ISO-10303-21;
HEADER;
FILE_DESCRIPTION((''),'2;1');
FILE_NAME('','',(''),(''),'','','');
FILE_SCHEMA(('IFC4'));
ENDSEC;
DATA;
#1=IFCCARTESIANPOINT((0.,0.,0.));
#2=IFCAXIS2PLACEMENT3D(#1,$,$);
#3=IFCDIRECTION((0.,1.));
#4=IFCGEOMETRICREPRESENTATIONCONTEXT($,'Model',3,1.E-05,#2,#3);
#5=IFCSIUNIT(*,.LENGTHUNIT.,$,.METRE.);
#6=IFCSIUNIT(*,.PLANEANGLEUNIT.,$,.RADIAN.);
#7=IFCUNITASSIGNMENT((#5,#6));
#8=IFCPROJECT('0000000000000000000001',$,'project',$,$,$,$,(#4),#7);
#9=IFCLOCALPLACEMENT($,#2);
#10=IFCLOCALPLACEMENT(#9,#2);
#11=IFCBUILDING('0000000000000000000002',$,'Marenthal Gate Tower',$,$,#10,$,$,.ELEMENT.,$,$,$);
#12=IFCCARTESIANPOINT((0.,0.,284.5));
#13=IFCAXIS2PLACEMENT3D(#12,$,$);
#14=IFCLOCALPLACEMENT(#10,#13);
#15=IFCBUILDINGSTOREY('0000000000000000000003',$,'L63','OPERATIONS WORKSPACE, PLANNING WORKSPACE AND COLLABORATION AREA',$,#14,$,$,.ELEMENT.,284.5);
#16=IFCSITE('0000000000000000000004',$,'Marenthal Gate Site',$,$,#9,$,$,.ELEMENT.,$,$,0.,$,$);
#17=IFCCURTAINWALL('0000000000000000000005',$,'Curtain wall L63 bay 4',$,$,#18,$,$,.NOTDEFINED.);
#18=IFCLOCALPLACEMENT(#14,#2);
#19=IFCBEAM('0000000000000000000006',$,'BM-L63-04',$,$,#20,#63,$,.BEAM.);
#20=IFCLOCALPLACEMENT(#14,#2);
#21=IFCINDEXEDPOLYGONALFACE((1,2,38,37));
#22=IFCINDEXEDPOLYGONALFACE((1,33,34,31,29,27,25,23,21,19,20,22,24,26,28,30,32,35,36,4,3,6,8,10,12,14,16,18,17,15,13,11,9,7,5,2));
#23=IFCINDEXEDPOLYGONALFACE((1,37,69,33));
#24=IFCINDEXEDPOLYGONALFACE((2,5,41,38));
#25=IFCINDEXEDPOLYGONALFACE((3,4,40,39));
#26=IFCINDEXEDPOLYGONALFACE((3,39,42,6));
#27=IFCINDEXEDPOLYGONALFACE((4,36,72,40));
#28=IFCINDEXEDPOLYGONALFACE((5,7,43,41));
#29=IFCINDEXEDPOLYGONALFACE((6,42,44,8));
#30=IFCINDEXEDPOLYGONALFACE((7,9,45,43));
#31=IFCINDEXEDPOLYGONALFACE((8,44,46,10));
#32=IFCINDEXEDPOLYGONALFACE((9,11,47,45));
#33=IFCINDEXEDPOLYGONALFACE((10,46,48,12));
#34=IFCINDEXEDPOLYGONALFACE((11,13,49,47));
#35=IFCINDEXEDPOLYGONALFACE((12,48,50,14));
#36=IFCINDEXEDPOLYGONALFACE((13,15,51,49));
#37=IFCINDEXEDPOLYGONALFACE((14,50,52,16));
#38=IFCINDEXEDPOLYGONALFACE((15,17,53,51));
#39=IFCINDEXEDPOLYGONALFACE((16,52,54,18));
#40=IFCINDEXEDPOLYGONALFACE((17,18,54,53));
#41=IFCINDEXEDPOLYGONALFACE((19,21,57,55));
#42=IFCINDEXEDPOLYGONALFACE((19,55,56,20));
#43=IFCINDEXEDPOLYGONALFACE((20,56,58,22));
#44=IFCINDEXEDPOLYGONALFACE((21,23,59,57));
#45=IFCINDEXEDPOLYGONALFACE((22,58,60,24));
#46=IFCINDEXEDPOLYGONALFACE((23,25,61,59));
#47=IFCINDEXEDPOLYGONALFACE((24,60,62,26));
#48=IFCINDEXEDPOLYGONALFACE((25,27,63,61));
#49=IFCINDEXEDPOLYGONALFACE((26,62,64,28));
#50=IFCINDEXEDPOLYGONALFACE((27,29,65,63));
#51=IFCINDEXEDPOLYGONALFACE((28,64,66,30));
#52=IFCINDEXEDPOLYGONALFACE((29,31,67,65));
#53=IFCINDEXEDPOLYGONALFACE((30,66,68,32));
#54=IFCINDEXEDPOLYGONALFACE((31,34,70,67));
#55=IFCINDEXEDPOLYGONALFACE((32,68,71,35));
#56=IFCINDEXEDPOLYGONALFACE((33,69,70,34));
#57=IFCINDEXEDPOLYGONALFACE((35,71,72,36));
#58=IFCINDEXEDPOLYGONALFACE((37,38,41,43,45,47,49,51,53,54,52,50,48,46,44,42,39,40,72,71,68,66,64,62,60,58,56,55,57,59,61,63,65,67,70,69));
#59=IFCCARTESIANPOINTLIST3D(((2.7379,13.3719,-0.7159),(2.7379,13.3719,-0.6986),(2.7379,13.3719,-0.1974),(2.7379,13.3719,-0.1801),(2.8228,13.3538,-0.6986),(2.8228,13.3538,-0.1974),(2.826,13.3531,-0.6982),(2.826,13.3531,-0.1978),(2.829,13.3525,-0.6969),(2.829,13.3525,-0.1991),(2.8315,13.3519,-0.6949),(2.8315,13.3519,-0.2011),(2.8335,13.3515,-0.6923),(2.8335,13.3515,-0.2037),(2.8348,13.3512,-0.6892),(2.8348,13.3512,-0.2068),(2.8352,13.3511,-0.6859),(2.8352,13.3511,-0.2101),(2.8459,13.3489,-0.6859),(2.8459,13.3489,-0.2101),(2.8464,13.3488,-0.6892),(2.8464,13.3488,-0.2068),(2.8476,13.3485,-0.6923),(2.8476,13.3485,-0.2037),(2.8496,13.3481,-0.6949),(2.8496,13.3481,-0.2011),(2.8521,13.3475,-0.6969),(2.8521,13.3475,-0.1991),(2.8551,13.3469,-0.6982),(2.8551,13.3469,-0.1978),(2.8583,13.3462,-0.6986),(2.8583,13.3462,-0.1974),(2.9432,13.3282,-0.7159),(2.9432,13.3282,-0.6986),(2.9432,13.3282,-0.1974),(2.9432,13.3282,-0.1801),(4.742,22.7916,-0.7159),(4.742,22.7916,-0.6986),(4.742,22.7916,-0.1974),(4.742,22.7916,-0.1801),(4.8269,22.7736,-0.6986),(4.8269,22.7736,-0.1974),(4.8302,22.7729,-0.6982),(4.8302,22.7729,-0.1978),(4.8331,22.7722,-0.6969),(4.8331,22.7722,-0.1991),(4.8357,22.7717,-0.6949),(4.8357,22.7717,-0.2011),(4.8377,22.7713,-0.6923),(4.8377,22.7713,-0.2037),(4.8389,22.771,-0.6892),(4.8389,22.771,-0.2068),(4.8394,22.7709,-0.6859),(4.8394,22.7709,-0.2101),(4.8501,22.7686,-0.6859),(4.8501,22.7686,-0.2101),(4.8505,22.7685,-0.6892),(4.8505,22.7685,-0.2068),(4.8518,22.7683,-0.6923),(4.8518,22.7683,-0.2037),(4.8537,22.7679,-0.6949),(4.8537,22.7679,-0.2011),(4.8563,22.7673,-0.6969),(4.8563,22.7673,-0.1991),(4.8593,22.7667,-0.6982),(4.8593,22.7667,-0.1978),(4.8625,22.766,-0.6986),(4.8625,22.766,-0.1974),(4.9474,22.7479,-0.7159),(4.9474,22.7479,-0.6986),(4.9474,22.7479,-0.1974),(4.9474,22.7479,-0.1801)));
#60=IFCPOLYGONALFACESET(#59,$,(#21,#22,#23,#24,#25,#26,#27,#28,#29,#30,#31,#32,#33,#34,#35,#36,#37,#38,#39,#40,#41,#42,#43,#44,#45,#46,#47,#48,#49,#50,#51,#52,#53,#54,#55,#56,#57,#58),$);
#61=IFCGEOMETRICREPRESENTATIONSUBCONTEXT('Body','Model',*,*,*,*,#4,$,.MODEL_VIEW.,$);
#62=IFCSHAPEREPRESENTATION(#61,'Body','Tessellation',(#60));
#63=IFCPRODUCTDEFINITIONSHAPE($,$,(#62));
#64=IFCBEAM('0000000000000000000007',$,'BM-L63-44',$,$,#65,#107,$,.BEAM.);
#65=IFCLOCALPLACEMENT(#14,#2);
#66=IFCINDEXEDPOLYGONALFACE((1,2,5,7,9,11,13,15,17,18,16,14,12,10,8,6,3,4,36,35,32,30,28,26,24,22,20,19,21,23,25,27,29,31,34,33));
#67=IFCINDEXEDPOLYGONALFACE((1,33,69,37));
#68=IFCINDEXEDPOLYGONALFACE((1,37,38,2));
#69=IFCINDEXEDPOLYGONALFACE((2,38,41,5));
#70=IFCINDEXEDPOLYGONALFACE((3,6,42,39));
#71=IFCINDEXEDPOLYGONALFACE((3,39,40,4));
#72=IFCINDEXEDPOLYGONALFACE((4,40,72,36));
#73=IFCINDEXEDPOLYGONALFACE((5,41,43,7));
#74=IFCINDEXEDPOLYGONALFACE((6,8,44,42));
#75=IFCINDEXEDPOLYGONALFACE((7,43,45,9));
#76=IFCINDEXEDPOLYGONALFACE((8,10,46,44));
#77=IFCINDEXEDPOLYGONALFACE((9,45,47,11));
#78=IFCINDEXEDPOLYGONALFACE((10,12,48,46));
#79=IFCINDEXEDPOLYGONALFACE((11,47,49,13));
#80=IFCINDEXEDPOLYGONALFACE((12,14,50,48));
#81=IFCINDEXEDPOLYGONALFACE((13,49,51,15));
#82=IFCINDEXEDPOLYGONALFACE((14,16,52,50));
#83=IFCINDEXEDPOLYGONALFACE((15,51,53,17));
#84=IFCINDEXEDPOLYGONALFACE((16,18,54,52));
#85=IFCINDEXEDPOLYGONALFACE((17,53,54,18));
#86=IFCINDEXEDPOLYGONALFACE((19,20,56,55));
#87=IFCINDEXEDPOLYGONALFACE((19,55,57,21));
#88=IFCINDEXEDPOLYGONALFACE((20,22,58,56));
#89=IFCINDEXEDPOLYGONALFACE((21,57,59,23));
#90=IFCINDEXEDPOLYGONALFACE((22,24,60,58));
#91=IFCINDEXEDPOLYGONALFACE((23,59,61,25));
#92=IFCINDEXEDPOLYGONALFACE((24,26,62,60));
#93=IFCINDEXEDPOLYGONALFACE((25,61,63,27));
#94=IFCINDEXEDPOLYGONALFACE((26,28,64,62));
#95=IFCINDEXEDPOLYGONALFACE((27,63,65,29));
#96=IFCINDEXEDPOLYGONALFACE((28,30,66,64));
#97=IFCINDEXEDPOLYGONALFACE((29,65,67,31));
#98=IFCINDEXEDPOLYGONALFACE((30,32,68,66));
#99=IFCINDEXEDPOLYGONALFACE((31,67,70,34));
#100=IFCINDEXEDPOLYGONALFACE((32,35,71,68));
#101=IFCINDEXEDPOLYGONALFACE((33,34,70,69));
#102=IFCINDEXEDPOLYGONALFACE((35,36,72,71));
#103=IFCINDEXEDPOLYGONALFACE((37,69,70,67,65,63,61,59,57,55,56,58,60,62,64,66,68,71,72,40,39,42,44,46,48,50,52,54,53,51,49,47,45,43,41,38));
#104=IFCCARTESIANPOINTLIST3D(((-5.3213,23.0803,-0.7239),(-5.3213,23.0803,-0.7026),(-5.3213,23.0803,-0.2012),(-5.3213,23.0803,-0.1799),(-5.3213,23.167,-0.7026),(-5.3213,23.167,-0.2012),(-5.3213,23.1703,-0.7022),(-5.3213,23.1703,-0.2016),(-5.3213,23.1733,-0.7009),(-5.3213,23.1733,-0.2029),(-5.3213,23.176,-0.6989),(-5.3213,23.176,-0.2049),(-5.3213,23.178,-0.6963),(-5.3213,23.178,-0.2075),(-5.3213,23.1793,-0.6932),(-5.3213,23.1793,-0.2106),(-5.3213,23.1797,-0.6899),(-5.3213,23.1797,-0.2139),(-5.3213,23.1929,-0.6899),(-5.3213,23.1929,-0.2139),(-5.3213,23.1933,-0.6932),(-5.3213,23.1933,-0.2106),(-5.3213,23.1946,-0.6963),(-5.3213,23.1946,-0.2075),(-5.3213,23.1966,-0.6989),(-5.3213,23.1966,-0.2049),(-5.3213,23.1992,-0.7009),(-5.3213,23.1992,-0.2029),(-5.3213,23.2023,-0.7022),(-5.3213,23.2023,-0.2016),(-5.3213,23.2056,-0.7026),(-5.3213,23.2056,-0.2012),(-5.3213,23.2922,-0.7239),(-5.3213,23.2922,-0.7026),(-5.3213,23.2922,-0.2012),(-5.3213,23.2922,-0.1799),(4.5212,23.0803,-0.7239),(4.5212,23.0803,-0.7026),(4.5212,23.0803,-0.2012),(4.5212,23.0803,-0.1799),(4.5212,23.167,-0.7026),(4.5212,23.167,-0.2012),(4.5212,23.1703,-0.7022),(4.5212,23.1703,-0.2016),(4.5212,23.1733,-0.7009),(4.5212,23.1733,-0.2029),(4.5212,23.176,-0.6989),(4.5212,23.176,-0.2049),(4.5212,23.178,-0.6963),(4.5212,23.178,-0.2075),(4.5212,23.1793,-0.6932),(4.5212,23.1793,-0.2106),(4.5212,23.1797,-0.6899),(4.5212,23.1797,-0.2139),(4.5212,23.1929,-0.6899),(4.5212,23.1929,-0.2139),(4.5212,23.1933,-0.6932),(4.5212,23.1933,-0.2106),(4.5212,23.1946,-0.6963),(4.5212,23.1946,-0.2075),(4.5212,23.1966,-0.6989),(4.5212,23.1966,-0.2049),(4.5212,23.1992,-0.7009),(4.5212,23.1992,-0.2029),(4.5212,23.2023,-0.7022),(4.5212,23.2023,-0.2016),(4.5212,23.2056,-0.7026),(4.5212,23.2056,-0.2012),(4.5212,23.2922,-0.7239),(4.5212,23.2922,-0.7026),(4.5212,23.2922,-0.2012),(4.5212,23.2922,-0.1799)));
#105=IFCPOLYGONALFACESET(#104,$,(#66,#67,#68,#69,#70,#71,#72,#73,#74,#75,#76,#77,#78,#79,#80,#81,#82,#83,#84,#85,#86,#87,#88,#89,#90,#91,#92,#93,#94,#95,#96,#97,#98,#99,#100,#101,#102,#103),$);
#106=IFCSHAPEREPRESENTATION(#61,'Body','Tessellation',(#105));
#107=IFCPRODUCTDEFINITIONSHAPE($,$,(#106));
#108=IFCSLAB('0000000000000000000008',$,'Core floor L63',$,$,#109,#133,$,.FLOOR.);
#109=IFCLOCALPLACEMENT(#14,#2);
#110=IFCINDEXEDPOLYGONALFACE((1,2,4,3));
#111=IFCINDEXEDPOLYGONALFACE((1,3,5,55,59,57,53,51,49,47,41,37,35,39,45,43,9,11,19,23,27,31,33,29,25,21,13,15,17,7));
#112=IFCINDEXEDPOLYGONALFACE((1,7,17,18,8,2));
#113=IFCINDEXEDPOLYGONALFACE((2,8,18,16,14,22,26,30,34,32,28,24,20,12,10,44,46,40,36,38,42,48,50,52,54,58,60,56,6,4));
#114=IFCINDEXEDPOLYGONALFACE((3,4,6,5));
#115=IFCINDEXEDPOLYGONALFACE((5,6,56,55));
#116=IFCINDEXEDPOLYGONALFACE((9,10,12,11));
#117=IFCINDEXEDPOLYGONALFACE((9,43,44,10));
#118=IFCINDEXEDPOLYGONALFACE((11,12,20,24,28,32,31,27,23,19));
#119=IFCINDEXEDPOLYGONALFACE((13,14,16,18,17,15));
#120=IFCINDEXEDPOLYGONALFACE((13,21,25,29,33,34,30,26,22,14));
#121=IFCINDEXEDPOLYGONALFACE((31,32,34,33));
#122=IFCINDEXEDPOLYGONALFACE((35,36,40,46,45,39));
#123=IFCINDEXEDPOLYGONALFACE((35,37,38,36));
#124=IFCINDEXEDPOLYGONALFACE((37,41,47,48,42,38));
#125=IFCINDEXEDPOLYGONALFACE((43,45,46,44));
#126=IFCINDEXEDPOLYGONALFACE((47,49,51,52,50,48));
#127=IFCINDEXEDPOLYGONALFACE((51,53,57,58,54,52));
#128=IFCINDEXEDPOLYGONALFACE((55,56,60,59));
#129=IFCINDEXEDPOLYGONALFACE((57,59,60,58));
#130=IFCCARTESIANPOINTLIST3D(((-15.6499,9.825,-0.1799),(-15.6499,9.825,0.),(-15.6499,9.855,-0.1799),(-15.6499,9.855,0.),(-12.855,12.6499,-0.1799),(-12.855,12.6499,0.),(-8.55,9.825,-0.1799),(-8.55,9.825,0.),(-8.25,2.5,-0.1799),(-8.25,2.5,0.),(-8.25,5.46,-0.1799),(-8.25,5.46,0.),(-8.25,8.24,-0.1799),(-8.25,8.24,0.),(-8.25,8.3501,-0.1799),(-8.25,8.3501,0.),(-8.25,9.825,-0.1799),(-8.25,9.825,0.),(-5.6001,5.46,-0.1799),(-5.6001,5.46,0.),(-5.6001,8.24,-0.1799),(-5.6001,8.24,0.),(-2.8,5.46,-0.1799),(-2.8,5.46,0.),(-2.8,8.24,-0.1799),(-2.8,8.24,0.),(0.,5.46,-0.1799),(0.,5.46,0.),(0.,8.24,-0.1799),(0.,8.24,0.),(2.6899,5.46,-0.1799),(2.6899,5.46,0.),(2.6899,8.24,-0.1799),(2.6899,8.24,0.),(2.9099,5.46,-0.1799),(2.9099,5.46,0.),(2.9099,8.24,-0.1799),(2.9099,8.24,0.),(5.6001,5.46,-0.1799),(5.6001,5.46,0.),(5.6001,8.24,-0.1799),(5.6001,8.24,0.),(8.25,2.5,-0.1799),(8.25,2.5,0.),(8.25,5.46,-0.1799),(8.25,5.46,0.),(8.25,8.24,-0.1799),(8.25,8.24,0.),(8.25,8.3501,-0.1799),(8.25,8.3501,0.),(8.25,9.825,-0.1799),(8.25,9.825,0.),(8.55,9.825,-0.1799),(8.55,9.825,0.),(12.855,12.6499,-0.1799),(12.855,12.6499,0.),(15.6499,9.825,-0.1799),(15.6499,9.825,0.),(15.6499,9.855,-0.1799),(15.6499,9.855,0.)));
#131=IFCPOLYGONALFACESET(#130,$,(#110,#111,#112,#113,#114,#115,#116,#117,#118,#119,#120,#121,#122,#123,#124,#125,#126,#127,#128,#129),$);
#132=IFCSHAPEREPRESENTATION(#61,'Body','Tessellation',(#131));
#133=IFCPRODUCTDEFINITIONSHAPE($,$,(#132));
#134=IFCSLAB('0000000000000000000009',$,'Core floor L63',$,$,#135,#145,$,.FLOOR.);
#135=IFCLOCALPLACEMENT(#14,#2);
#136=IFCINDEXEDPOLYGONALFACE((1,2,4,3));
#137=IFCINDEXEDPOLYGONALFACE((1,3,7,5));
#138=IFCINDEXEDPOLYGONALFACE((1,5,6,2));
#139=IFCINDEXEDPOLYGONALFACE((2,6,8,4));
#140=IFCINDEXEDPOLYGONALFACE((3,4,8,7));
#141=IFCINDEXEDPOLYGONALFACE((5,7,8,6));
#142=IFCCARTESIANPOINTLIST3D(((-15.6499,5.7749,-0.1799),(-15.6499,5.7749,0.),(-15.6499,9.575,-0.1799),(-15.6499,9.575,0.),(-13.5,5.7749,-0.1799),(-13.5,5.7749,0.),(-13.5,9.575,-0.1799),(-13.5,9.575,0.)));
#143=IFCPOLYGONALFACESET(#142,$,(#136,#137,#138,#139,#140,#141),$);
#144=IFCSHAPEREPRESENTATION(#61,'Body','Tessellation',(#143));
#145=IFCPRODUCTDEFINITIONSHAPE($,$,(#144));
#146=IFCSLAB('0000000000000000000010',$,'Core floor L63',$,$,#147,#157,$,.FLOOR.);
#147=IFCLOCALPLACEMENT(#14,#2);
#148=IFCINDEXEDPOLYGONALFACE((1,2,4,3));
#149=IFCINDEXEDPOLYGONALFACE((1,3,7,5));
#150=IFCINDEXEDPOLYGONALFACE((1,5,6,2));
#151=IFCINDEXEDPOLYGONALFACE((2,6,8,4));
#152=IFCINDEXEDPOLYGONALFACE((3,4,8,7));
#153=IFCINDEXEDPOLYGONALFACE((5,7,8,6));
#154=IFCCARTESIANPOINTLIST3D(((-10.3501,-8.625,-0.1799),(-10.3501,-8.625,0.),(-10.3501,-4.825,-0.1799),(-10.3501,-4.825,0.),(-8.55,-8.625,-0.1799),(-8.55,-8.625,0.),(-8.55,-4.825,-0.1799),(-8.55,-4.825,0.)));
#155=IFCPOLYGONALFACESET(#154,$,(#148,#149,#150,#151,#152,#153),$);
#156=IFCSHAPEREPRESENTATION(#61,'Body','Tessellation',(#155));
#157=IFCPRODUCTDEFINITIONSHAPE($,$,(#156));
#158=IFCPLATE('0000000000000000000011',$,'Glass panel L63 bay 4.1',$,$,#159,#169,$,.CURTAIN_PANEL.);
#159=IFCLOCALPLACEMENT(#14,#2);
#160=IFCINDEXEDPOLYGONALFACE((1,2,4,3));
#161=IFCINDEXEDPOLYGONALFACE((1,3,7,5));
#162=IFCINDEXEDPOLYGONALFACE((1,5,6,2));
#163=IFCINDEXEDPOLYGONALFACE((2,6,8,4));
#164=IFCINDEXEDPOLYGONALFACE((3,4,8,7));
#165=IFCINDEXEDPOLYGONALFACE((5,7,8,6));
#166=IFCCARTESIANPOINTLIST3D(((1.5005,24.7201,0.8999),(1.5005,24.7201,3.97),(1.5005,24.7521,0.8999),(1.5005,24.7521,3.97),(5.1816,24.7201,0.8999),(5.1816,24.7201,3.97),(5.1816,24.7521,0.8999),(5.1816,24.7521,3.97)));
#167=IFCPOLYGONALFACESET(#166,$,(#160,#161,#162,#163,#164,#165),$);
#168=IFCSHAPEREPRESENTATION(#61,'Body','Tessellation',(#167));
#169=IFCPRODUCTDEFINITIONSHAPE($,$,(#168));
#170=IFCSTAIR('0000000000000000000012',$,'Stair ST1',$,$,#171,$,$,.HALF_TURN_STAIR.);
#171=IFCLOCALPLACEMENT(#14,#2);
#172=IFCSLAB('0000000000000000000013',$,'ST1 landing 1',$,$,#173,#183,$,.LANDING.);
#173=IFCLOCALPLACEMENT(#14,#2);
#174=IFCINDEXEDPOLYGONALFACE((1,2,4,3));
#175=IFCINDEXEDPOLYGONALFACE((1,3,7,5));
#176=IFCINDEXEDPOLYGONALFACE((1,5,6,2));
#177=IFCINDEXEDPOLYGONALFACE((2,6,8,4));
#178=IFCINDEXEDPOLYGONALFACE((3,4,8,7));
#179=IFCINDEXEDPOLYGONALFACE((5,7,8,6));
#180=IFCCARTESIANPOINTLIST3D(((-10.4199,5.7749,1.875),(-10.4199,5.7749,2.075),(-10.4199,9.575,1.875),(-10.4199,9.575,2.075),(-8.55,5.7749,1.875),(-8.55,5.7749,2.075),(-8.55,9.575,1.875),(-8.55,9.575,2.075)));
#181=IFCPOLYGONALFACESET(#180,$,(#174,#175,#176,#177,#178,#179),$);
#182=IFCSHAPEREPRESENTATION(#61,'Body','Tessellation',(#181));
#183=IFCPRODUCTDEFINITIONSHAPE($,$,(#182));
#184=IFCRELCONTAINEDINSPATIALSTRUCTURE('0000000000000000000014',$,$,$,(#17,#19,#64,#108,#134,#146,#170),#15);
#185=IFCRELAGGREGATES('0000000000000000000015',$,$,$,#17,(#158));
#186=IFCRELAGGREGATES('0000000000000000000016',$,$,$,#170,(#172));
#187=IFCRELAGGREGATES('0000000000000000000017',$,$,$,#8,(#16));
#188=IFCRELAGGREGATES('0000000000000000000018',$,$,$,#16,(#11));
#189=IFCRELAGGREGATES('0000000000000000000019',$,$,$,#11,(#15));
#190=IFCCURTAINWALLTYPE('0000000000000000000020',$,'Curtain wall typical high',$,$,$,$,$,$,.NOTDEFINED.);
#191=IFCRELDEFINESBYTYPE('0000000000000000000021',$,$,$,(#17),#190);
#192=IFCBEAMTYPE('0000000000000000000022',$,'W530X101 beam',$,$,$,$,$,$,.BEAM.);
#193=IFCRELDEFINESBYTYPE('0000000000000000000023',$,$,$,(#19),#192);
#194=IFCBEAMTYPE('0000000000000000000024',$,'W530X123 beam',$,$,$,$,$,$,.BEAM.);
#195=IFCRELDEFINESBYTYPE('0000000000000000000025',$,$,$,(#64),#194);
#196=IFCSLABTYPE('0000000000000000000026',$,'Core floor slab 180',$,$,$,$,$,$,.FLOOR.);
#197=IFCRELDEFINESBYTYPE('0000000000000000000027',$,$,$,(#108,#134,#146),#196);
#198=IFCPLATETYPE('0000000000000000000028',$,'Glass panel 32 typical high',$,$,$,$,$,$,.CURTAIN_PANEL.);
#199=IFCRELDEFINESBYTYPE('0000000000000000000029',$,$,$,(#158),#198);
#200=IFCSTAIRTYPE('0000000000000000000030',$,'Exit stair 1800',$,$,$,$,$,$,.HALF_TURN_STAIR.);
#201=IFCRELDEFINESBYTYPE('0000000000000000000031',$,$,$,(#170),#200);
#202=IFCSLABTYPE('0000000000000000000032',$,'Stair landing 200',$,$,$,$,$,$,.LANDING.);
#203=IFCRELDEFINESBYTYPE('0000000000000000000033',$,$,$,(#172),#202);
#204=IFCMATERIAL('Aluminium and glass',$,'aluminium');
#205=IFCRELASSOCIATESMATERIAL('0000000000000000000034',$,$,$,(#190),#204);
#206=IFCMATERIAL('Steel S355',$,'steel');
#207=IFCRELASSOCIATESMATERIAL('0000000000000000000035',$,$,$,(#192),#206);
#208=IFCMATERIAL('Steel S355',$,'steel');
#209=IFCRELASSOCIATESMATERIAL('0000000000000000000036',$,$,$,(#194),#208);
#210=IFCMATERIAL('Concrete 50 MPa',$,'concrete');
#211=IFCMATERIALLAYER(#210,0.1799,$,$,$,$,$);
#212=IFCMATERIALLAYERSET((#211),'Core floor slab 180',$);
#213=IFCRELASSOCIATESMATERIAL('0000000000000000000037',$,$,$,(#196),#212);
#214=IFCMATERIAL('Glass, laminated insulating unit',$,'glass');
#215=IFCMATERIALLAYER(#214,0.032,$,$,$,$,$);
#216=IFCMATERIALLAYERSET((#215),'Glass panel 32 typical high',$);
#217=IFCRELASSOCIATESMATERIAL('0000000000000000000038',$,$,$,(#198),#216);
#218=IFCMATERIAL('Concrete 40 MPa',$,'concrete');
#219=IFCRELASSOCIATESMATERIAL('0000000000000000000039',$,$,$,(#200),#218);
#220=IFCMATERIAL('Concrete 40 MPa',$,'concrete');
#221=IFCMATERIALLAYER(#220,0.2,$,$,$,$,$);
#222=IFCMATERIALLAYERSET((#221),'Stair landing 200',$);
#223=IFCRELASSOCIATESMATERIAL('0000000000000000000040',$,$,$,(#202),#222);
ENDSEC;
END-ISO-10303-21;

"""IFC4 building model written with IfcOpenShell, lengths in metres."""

from ifc_helpers import new_model, si_unit, direction, frame, origin, origin_2d, place, context, subcontext, project, spatial, polyline, rectangle, i_section, outline, extrude, material, layer, layer_set, material_profile, profile_set, type_object, element, aggregate, save


model = new_model("IFC4")

# Units and contexts
model_context = context("Model", 3, precision=1e-05, world=origin(), true_north=direction((0.0, 1.0)))
body_context = subcontext(model_context, "Body", "Model", "MODEL_VIEW")
ifc_project = project(units=[si_unit("LENGTHUNIT", "METRE"), si_unit("PLANEANGLEUNIT", "RADIAN")], contexts=[model_context])

# Site, building, storey
site_placement = place(None, origin())
site = spatial("IfcSite", under=ifc_project, at=site_placement, Name="Marenthal Gate Site", CompositionType="ELEMENT", RefElevation=0.0)
building_placement = place(site_placement, origin())
building = spatial("IfcBuilding", under=site, at=building_placement, Name="Marenthal Gate Tower", CompositionType="ELEMENT")
storey_placement = place(building_placement, frame((0.0, 0.0, 284.5)))
storey = spatial("IfcBuildingStorey", under=building, at=storey_placement, Name="L63", Description="OPERATIONS WORKSPACE, PLANNING WORKSPACE AND COLLABORATION AREA", CompositionType="ELEMENT", Elevation=284.5)

# Curtain wall
ifc_material_1 = material(Name="Aluminium and glass", Category="aluminium")
curtain_wall_type = type_object("IfcCurtainWallType", Name="Curtain wall typical high", PredefinedType="NOTDEFINED", material=ifc_material_1)
curtain_wall_placement = place(storey_placement, origin())
curtain_wall = element("IfcCurtainWall", 1, at=curtain_wall_placement, inside=storey, type_object=curtain_wall_type, Name="Curtain wall L63 bay 4", PredefinedType="NOTDEFINED")

# Beams
ifc_material_2 = material(Name="Steel S355", Category="steel")
ifc_material_profile_1 = material_profile(ifc_material_2, i_section(OverallWidth=0.21, OverallDepth=0.5359, WebThickness=0.011, FlangeThickness=0.0173, FilletRadius=0.0127, at=origin_2d()), Name="W530X101")
ifc_profile_set_1 = profile_set([ifc_material_profile_1], Name="Steel S355")
beam_type_1 = type_object("IfcBeamType", Name="W530X101 beam", PredefinedType="BEAM", material=ifc_profile_set_1)
beam_1_placement = place(storey_placement, frame((4.8447, 22.7698, -0.448), z_axis=(-0.208104, -0.978107, 0.0), x_axis=(0.978107, -0.208104, 0.0)))
element("IfcBeam", 2, at=beam_1_placement, inside=storey, type_object=beam_type_1, Name="BM-L63-04", PredefinedType="BEAM", context=body_context, shape_type="SweptSolid", body=[
    extrude(i_section(OverallWidth=0.21, OverallDepth=0.5359, WebThickness=0.011, FlangeThickness=0.0173, FilletRadius=0.0127, at=origin_2d()), origin(), (0.0, 0.0, 1.0), 9.6306),
])
ifc_material_3 = material(Name="Steel S355", Category="steel")
ifc_material_profile_2 = material_profile(ifc_material_3, i_section(OverallWidth=0.2119, OverallDepth=0.5439, WebThickness=0.0132, FlangeThickness=0.0212, FilletRadius=0.0127, at=origin_2d()), Name="W530X123")
ifc_profile_set_2 = profile_set([ifc_material_profile_2], Name="Steel S355")
beam_type_2 = type_object("IfcBeamType", Name="W530X123 beam", PredefinedType="BEAM", material=ifc_profile_set_2)
beam_2_placement = place(storey_placement, frame((4.5212, 23.1863, -0.4519), z_axis=(-1.0, 0.0, 0.0), x_axis=(0.0, -1.0, 0.0)))
element("IfcBeam", 3, at=beam_2_placement, inside=storey, type_object=beam_type_2, Name="BM-L63-44", PredefinedType="BEAM", context=body_context, shape_type="SweptSolid", body=[
    extrude(i_section(OverallWidth=0.2119, OverallDepth=0.5439, WebThickness=0.0132, FlangeThickness=0.0212, FilletRadius=0.0127, at=origin_2d()), origin(), (0.0, 0.0, 1.0), 9.8425),
])

# Slabs
ifc_material_4 = material(Name="Concrete 50 MPa", Category="concrete")
ifc_layer_1 = layer(ifc_material_4, 0.1799)
ifc_layer_set_1 = layer_set([ifc_layer_1], Name="Core floor slab 180")
slab_type_1 = type_object("IfcSlabType", Name="Core floor slab 180", PredefinedType="FLOOR", material=ifc_layer_set_1)
slab_1_placement = place(storey_placement, frame((0.0, 0.0, -0.1799)))
element("IfcSlab", 4, at=slab_1_placement, inside=storey, type_object=slab_type_1, Name="Core floor L63", PredefinedType="FLOOR", context=body_context, shape_type="SweptSolid", body=[
    extrude(outline(polyline([(15.6499, 9.825), (8.55, 9.825), (8.25, 9.825), (8.25, 8.3501), (8.25, 8.24), (5.6001, 8.24), (2.9099, 8.24), (2.9099, 5.46), (5.6001, 5.46), (8.25, 5.46), (8.25, 2.5), (-8.25, 2.5), (-8.25, 5.46), (-5.6001, 5.46), (-2.8, 5.46), (0.0, 5.46), (2.6899, 5.46), (2.6899, 8.24), (0.0, 8.24), (-2.8, 8.24), (-5.6001, 8.24), (-8.25, 8.24), (-8.25, 8.3501), (-8.25, 9.825), (-8.55, 9.825), (-15.6499, 9.825), (-15.6499, 9.855), (-12.855, 12.6499), (12.855, 12.6499), (15.6499, 9.855), (15.6499, 9.825)])), origin(), (0.0, 0.0, 1.0), 0.1799),
])
slab_2_placement = place(storey_placement, frame((0.0, 0.0, -0.1799)))
element("IfcSlab", 5, at=slab_2_placement, inside=storey, type_object=slab_type_1, Name="Core floor L63", PredefinedType="FLOOR", context=body_context, shape_type="SweptSolid", body=[
    extrude(outline(polyline([(-15.6499, 9.575), (-13.5, 9.575), (-13.5, 5.7749), (-15.6499, 5.7749), (-15.6499, 9.575)])), origin(), (0.0, 0.0, 1.0), 0.1799),
])
slab_3_placement = place(storey_placement, frame((0.0, 0.0, -0.1799)))
element("IfcSlab", 6, at=slab_3_placement, inside=storey, type_object=slab_type_1, Name="Core floor L63", PredefinedType="FLOOR", context=body_context, shape_type="SweptSolid", body=[
    extrude(outline(polyline([(-8.55, -8.625), (-10.3501, -8.625), (-10.3501, -4.825), (-8.55, -4.825), (-8.55, -8.625)])), origin(), (0.0, 0.0, 1.0), 0.1799),
])

# Plate
ifc_material_5 = material(Name="Glass, laminated insulating unit", Category="glass")
ifc_layer_2 = layer(ifc_material_5, 0.032)
ifc_layer_set_2 = layer_set([ifc_layer_2], Name="Glass panel 32 typical high")
plate_type = type_object("IfcPlateType", Name="Glass panel 32 typical high", PredefinedType="CURTAIN_PANEL", material=ifc_layer_set_2)
plate_placement = place(storey_placement, frame((3.3411, 24.7361, 0.8999), z_axis=(0.0, 0.0, 1.0), x_axis=(-1.0, 0.0, 0.0)))
plate = element("IfcPlate", 7, at=plate_placement, type_object=plate_type, Name="Glass panel L63 bay 4.1", PredefinedType="CURTAIN_PANEL", context=body_context, shape_type="SweptSolid", body=[
    extrude(rectangle(XDim=3.6812, YDim=0.032, at=origin_2d()), origin(), (0.0, 0.0, 1.0), 3.0701),
])
aggregate(curtain_wall, [plate])

# Stair, slab
ifc_material_6 = material(Name="Concrete 40 MPa", Category="concrete")
stair_type = type_object("IfcStairType", Name="Exit stair 1800", PredefinedType="HALF_TURN_STAIR", material=ifc_material_6)
stair_1_placement = place(storey_placement, origin())
stair_1 = element("IfcStair", 8, at=stair_1_placement, inside=storey, type_object=stair_type, Name="Stair ST1", PredefinedType="HALF_TURN_STAIR")
ifc_material_7 = material(Name="Concrete 40 MPa", Category="concrete")
ifc_layer_3 = layer(ifc_material_7, 0.2)
ifc_layer_set_3 = layer_set([ifc_layer_3], Name="Stair landing 200")
slab_type_2 = type_object("IfcSlabType", Name="Stair landing 200", PredefinedType="LANDING", material=ifc_layer_set_3)
slab_4_placement = place(storey_placement, frame((0.0, 0.0, 1.875)))
slab_4 = element("IfcSlab", 9, at=slab_4_placement, type_object=slab_type_2, Name="ST1 landing 1", PredefinedType="LANDING", context=body_context, shape_type="SweptSolid", body=[
    extrude(outline(polyline([(-10.4199, 5.7749), (-8.55, 5.7749), (-8.55, 9.575), (-10.4199, 9.575), (-10.4199, 5.7749)])), origin(), (0.0, 0.0, 1.0), 0.2),
])
aggregate(stair_1, [slab_4])

save(model, "model.ifc")
